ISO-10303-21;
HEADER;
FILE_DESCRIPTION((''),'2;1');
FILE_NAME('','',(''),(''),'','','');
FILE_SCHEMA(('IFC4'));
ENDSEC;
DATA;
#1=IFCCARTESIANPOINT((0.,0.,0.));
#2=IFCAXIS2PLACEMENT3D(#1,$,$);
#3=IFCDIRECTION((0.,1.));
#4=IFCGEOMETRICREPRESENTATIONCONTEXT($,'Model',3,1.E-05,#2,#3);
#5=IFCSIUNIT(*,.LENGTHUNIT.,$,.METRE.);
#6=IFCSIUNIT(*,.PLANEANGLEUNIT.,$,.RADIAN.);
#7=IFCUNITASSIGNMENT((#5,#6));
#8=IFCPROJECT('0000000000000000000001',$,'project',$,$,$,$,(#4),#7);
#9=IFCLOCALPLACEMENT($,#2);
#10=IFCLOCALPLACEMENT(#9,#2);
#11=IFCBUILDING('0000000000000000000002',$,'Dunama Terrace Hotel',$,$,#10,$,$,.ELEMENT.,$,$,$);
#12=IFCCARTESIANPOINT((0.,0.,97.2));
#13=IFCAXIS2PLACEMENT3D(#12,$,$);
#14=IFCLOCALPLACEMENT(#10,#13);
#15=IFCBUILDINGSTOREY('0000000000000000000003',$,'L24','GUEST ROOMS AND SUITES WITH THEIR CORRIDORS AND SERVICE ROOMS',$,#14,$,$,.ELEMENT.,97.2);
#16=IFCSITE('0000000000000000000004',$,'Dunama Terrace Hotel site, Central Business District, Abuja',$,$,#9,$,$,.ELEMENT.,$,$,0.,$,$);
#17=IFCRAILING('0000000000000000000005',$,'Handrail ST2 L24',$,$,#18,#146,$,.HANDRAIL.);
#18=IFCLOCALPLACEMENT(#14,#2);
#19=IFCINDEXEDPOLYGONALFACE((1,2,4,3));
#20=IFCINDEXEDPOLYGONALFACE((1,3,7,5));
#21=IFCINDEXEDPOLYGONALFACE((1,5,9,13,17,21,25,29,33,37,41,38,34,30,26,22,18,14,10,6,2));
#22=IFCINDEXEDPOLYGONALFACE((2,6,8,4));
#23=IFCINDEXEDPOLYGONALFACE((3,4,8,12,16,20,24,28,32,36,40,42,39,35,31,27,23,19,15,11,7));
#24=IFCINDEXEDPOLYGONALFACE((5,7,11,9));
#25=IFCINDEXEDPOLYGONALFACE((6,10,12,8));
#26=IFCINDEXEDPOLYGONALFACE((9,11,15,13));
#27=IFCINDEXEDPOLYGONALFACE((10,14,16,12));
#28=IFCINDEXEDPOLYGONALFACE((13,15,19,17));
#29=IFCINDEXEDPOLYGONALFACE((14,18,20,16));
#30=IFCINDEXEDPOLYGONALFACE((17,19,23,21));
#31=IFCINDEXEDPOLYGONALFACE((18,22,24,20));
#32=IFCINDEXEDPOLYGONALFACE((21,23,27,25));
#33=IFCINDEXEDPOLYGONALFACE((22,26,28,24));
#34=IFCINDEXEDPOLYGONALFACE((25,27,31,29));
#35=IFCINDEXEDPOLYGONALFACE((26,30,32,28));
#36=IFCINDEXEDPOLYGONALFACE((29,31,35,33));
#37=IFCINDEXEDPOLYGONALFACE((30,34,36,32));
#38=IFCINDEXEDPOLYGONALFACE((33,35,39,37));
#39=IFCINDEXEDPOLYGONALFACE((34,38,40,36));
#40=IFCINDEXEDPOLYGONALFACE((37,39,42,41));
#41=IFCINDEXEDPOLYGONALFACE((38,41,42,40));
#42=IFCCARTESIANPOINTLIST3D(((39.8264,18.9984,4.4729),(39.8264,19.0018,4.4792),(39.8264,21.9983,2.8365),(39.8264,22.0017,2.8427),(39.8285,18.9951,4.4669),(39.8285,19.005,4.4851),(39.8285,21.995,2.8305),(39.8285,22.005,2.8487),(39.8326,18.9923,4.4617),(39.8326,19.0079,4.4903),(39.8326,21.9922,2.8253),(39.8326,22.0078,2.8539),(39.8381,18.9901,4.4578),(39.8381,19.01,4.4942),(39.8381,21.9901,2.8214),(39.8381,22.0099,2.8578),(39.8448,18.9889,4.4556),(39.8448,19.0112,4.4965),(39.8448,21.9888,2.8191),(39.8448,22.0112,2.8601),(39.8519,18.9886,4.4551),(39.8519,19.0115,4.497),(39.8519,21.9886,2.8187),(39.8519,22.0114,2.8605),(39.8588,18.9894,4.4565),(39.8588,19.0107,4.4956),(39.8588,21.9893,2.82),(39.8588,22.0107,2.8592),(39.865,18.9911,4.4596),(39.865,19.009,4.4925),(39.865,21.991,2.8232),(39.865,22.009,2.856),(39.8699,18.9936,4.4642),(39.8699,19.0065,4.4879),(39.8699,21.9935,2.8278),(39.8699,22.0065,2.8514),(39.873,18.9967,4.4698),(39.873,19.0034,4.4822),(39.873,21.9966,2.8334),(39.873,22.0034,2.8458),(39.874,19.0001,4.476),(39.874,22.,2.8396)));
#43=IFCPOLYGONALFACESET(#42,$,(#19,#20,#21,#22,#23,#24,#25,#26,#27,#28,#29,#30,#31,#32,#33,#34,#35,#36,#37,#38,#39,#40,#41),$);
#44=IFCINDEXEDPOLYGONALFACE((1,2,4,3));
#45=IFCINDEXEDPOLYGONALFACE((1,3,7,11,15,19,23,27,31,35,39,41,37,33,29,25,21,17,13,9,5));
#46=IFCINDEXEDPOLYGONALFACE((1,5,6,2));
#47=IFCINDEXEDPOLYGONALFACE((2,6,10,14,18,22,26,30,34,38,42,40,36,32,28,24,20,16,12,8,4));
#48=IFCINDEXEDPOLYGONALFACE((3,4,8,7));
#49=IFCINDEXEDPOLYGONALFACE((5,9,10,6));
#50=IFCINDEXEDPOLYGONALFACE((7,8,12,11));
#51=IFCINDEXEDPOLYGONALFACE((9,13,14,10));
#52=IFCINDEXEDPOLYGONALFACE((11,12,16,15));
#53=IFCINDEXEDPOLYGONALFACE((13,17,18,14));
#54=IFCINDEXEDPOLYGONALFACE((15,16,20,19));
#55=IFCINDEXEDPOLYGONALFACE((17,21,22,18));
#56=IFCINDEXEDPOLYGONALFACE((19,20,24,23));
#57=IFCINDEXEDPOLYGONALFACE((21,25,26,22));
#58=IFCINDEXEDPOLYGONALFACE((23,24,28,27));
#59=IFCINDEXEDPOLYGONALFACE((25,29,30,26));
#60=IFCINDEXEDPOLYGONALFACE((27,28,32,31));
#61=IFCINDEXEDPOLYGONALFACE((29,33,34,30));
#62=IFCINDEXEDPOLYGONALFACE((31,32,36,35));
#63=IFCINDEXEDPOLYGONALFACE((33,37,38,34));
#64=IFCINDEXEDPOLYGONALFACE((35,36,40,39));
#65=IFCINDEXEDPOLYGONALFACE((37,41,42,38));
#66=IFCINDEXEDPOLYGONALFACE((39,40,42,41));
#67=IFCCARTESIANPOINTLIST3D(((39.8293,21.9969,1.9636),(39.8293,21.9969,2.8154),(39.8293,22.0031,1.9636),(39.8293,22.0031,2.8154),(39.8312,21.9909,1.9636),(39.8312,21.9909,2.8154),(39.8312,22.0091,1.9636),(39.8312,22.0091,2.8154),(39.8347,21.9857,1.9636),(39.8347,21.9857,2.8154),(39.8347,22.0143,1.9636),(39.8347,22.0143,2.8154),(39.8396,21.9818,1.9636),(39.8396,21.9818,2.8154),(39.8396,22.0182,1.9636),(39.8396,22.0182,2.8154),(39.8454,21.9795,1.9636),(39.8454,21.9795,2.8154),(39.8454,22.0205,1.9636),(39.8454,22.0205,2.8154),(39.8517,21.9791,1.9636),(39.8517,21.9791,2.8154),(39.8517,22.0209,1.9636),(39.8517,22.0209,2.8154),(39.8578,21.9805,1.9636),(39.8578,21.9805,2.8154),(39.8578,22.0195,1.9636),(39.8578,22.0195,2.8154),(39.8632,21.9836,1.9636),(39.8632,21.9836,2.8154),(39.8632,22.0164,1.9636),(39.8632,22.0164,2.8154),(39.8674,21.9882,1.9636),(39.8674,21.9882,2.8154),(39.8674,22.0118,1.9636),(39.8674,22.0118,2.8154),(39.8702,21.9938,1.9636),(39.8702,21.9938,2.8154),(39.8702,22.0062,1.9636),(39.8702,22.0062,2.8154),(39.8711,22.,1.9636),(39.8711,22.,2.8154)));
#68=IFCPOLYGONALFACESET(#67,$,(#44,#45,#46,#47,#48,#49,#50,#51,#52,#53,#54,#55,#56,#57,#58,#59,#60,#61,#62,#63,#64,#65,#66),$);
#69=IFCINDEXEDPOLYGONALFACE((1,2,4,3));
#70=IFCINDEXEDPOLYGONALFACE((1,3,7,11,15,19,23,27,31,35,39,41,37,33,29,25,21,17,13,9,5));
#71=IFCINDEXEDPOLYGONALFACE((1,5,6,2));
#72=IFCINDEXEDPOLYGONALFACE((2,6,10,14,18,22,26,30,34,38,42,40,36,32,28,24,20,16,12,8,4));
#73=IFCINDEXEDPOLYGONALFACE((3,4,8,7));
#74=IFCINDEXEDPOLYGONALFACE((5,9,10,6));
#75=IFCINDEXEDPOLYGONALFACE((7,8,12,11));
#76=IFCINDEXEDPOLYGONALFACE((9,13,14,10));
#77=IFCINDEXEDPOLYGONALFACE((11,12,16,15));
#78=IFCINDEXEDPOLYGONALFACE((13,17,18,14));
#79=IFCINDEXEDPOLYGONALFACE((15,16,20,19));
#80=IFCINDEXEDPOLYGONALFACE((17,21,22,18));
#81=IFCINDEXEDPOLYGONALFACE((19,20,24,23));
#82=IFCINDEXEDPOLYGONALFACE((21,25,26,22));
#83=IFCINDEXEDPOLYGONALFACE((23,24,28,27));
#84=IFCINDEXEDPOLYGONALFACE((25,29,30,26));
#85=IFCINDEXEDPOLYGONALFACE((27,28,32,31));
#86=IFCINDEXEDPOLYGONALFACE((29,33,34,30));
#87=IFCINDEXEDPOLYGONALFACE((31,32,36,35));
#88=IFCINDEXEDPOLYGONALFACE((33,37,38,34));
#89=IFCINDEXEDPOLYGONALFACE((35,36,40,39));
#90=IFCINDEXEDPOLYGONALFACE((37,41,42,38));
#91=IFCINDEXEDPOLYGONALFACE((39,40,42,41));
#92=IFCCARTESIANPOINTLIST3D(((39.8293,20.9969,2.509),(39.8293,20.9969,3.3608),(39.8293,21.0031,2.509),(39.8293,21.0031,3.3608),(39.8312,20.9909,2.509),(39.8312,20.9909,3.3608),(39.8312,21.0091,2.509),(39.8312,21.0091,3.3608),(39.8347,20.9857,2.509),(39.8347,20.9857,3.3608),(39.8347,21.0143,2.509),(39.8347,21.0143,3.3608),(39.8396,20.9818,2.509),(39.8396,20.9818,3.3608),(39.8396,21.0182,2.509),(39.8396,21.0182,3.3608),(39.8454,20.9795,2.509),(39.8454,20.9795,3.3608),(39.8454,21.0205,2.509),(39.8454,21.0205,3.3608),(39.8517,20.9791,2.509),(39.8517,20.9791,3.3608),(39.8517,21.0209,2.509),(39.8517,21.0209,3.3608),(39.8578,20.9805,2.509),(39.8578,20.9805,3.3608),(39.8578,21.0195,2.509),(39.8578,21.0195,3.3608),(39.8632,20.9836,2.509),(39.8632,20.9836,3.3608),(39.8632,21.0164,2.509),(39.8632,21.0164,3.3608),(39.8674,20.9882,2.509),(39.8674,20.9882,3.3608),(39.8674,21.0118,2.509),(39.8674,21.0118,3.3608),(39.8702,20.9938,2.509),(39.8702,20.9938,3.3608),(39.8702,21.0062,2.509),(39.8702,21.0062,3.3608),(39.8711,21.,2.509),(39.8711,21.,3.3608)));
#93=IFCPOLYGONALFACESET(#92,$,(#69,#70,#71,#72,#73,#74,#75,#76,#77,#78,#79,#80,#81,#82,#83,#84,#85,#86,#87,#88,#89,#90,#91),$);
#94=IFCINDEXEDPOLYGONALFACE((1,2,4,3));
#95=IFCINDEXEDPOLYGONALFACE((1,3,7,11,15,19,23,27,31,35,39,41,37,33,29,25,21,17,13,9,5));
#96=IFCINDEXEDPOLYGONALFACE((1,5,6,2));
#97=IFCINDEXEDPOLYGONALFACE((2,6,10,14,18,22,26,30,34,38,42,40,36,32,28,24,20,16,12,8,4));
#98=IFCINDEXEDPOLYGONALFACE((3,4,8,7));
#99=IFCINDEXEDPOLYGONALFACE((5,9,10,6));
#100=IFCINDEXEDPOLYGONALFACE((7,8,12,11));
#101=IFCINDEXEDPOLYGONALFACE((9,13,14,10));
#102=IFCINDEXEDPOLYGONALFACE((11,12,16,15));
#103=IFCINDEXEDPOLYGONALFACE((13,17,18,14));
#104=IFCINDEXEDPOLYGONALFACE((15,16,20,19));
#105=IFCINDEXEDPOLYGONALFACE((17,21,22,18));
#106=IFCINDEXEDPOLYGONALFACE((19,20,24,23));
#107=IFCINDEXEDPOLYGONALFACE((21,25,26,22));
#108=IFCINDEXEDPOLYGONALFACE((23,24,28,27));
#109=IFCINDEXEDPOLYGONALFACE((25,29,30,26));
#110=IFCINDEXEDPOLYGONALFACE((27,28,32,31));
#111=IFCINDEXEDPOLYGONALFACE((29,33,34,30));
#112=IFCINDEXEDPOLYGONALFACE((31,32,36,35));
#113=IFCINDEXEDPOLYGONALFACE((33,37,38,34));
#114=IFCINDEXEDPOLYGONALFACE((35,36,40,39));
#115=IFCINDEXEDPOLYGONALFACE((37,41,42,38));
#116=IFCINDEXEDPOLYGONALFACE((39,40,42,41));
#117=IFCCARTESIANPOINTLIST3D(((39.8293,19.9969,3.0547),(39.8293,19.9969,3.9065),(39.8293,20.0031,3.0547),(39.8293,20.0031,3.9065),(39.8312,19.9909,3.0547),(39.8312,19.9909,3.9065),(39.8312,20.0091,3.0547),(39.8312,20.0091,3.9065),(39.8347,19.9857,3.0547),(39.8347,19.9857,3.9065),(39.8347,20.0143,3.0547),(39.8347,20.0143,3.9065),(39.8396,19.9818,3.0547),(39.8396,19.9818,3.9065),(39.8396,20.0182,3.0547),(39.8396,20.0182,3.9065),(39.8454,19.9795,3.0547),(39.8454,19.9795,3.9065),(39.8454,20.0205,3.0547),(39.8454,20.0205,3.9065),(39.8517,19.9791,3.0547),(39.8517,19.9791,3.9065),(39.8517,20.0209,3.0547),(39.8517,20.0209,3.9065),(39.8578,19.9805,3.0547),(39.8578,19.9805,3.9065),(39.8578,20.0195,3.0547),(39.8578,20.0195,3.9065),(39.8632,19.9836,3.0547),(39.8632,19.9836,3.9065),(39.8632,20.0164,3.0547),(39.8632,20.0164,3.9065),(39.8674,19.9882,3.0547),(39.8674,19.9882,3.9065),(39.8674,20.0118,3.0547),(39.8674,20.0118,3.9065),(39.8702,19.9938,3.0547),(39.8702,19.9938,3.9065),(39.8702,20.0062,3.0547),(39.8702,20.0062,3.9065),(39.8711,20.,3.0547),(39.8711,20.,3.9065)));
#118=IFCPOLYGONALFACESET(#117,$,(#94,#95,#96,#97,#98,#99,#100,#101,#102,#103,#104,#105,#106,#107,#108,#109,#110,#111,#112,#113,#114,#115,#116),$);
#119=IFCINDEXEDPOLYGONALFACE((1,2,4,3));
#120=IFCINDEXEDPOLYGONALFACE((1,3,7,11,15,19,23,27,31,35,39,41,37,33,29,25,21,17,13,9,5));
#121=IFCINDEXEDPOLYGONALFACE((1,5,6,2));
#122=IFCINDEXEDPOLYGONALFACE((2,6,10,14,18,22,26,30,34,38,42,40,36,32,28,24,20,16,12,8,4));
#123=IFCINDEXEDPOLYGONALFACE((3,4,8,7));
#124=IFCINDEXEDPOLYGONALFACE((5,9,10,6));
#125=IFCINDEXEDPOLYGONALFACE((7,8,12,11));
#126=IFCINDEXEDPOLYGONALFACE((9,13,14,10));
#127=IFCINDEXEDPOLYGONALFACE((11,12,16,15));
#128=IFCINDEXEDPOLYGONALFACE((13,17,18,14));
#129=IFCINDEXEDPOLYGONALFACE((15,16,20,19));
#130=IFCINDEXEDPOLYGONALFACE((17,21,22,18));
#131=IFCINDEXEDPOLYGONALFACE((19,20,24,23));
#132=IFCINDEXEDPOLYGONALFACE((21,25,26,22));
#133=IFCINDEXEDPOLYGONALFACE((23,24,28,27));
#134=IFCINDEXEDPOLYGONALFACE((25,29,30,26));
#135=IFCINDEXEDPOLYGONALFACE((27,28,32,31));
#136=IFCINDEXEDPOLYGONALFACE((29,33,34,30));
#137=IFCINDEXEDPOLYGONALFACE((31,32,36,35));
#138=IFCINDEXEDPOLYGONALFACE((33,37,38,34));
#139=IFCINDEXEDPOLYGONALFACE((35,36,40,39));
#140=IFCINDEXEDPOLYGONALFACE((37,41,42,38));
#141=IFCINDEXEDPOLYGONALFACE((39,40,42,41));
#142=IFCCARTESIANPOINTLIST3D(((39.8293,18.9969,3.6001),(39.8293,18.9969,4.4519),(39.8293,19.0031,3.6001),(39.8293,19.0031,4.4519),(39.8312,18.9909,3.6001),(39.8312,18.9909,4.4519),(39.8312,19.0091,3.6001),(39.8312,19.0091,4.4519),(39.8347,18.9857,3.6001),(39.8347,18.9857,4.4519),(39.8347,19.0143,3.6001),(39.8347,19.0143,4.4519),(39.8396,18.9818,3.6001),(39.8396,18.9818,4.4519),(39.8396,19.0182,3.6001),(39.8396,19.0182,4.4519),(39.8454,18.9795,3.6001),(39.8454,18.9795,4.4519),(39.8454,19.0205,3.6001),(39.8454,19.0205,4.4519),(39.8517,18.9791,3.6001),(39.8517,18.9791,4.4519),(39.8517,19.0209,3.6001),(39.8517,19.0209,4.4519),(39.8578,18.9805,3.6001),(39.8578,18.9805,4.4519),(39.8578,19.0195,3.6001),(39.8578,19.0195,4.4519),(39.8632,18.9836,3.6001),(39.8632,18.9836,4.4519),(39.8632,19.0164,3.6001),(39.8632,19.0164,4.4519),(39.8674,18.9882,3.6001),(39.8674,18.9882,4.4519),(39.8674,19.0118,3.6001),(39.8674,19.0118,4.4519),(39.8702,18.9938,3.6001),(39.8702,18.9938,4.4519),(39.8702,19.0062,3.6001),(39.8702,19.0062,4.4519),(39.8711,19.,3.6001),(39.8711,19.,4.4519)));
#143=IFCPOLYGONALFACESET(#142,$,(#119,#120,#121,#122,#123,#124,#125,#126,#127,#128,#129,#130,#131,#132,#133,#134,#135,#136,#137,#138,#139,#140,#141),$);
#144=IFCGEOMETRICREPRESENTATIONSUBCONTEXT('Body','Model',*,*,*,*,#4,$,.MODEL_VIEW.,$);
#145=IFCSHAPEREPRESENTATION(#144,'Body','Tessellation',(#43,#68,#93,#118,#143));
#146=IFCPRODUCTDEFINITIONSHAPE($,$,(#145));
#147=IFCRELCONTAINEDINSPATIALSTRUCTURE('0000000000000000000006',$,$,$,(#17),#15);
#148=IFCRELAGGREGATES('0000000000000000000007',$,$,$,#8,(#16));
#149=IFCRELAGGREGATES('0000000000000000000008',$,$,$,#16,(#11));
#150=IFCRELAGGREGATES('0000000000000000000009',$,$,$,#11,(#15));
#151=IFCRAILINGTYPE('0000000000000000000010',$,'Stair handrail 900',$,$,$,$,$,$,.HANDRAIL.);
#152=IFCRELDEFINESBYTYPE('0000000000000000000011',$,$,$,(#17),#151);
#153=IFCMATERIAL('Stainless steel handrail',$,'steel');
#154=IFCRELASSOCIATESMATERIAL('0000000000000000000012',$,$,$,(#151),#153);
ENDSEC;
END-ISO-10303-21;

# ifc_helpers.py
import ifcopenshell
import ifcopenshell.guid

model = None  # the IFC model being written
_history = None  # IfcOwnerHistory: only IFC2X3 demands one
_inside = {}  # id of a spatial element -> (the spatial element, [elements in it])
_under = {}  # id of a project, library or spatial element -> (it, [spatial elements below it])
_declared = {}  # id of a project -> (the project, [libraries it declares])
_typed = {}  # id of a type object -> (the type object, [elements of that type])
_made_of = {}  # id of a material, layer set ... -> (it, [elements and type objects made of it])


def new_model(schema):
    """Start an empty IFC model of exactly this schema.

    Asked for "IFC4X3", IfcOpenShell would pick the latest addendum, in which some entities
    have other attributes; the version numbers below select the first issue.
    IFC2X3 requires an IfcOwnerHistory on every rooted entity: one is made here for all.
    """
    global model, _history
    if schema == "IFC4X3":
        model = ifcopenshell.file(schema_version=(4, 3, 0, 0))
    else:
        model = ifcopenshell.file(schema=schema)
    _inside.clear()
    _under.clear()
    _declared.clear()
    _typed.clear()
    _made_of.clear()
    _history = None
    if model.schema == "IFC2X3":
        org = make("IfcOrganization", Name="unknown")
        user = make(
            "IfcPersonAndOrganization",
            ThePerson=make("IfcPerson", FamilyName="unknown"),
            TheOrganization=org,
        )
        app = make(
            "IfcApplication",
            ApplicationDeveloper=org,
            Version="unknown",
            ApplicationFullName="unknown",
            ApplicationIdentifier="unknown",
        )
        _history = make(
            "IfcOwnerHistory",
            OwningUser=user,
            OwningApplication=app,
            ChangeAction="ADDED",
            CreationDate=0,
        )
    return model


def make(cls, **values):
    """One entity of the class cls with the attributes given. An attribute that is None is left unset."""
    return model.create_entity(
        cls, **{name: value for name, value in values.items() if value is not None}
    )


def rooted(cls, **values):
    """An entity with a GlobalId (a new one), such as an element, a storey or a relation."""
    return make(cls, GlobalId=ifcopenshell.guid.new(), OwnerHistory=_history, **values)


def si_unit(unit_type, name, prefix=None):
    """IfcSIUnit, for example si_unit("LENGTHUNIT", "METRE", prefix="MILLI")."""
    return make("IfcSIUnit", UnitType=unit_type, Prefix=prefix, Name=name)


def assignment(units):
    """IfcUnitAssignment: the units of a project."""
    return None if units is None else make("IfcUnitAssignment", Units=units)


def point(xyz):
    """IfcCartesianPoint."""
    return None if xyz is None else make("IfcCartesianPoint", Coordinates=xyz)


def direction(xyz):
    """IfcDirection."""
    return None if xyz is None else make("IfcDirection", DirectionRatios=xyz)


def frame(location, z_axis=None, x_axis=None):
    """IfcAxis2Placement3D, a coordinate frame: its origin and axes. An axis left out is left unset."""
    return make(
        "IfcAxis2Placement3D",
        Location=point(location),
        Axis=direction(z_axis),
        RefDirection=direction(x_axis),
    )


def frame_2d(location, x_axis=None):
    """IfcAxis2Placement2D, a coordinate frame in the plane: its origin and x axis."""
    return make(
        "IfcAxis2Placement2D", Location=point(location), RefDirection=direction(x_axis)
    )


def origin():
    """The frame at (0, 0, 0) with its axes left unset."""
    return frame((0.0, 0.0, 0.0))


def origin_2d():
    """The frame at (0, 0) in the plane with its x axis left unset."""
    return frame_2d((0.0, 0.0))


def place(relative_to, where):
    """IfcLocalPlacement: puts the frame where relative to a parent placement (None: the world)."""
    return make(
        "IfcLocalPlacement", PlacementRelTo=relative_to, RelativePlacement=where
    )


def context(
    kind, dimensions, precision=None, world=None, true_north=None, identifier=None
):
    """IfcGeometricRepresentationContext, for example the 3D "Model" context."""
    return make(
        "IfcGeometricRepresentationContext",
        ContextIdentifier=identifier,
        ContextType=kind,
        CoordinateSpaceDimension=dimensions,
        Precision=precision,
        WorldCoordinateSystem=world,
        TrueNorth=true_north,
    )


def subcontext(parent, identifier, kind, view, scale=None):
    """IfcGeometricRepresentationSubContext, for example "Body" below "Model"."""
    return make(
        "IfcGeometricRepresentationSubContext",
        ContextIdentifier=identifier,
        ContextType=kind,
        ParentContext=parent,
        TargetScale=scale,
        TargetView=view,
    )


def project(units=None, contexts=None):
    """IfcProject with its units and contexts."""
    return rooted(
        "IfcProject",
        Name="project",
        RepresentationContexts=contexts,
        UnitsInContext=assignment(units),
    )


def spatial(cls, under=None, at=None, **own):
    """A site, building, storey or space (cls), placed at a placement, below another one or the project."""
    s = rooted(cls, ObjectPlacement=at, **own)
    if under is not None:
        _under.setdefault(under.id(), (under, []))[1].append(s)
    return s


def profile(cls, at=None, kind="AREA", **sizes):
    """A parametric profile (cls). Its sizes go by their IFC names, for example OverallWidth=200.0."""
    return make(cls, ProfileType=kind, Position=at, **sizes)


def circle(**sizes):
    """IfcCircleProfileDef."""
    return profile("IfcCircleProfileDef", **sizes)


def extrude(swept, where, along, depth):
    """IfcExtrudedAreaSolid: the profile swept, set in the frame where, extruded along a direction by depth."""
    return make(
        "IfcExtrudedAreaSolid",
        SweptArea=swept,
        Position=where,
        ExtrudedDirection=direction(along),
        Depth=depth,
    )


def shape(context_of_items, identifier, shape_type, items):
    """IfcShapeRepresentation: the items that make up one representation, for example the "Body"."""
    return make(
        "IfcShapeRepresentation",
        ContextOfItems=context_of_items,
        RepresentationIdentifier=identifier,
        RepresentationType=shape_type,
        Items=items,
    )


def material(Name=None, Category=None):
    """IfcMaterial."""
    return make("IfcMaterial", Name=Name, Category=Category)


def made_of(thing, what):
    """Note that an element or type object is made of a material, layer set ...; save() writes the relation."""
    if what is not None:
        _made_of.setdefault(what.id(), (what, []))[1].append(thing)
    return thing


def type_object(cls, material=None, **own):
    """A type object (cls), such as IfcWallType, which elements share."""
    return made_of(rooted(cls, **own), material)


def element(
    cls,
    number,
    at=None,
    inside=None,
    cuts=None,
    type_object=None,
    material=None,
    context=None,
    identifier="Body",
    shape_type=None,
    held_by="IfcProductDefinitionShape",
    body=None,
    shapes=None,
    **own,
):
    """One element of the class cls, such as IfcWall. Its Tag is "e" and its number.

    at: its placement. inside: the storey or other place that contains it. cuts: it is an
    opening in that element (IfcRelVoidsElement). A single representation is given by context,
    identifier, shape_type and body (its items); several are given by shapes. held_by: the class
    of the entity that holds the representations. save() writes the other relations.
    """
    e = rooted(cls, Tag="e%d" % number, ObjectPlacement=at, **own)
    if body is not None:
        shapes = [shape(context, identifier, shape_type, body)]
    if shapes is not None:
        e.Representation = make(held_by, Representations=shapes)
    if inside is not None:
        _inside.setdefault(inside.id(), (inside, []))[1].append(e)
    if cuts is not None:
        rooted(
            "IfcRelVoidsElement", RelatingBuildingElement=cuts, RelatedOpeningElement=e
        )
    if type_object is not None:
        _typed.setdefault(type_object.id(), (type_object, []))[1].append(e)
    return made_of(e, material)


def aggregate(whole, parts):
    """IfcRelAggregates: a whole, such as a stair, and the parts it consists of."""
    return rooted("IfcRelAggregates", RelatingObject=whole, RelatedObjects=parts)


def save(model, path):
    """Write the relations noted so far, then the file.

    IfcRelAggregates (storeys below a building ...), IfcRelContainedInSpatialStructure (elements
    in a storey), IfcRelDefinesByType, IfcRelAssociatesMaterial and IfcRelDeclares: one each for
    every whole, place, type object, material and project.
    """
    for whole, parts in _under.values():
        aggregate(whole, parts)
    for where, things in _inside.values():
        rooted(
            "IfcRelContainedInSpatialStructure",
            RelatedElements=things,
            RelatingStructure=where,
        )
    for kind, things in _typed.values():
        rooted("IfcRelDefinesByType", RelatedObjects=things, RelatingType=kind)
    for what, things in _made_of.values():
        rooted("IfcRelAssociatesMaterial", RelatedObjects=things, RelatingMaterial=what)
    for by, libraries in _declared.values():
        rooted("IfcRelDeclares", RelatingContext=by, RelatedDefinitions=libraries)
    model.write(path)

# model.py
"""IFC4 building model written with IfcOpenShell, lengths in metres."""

from ifc_helpers import new_model, si_unit, direction, frame, origin, origin_2d, place, context, subcontext, project, spatial, circle, extrude, material, type_object, element, save


model = new_model("IFC4")

# Units and contexts
model_context = context("Model", 3, precision=1e-05, world=origin(), true_north=direction((0.0, 1.0)))
body_context = subcontext(model_context, "Body", "Model", "MODEL_VIEW")
ifc_project = project(units=[si_unit("LENGTHUNIT", "METRE"), si_unit("PLANEANGLEUNIT", "RADIAN")], contexts=[model_context])

# Site, building, storey
site_placement = place(None, origin())
site = spatial("IfcSite", under=ifc_project, at=site_placement, Name="Dunama Terrace Hotel site, Central Business District, Abuja", CompositionType="ELEMENT", RefElevation=0.0)
building_placement = place(site_placement, origin())
building = spatial("IfcBuilding", under=site, at=building_placement, Name="Dunama Terrace Hotel", CompositionType="ELEMENT")
storey_placement = place(building_placement, frame((0.0, 0.0, 97.2)))
storey = spatial("IfcBuildingStorey", under=building, at=storey_placement, Name="L24", Description="GUEST ROOMS AND SUITES WITH THEIR CORRIDORS AND SERVICE ROOMS", CompositionType="ELEMENT", Elevation=97.2)

# Railing
ifc_material_1 = material(Name="Stainless steel handrail", Category="steel")
railing_type = type_object("IfcRailingType", Name="Stair handrail 900", PredefinedType="HANDRAIL", material=ifc_material_1)
railing_1_placement = place(storey_placement, frame((39.8501, 22.0, 1.9636)))
element("IfcRailing", 1, at=railing_1_placement, inside=storey, type_object=railing_type, Name="Handrail ST2 L24", PredefinedType="HANDRAIL", context=body_context, shape_type="SweptSolid", body=[
    extrude(circle(Radius=0.0239, at=origin_2d()), frame((0.0, 0.0, 0.876), z_axis=(0.0, -0.877882, 0.478877), x_axis=(1.0, 0.0, 0.0)), (0.0, 0.0, 1.0), 3.4172),
    extrude(circle(Radius=0.021, at=origin_2d()), origin(), (0.0, 0.0, 1.0), 0.8518),
    extrude(circle(Radius=0.021, at=origin_2d()), frame((0.0, -1.0, 0.5454)), (0.0, 0.0, 1.0), 0.8518),
    extrude(circle(Radius=0.021, at=origin_2d()), frame((0.0, -2.0, 1.0911)), (0.0, 0.0, 1.0), 0.8518),
    extrude(circle(Radius=0.021, at=origin_2d()), frame((0.0, -3.0, 1.6365)), (0.0, 0.0, 1.0), 0.8518),
])

save(model, "model.ifc")
